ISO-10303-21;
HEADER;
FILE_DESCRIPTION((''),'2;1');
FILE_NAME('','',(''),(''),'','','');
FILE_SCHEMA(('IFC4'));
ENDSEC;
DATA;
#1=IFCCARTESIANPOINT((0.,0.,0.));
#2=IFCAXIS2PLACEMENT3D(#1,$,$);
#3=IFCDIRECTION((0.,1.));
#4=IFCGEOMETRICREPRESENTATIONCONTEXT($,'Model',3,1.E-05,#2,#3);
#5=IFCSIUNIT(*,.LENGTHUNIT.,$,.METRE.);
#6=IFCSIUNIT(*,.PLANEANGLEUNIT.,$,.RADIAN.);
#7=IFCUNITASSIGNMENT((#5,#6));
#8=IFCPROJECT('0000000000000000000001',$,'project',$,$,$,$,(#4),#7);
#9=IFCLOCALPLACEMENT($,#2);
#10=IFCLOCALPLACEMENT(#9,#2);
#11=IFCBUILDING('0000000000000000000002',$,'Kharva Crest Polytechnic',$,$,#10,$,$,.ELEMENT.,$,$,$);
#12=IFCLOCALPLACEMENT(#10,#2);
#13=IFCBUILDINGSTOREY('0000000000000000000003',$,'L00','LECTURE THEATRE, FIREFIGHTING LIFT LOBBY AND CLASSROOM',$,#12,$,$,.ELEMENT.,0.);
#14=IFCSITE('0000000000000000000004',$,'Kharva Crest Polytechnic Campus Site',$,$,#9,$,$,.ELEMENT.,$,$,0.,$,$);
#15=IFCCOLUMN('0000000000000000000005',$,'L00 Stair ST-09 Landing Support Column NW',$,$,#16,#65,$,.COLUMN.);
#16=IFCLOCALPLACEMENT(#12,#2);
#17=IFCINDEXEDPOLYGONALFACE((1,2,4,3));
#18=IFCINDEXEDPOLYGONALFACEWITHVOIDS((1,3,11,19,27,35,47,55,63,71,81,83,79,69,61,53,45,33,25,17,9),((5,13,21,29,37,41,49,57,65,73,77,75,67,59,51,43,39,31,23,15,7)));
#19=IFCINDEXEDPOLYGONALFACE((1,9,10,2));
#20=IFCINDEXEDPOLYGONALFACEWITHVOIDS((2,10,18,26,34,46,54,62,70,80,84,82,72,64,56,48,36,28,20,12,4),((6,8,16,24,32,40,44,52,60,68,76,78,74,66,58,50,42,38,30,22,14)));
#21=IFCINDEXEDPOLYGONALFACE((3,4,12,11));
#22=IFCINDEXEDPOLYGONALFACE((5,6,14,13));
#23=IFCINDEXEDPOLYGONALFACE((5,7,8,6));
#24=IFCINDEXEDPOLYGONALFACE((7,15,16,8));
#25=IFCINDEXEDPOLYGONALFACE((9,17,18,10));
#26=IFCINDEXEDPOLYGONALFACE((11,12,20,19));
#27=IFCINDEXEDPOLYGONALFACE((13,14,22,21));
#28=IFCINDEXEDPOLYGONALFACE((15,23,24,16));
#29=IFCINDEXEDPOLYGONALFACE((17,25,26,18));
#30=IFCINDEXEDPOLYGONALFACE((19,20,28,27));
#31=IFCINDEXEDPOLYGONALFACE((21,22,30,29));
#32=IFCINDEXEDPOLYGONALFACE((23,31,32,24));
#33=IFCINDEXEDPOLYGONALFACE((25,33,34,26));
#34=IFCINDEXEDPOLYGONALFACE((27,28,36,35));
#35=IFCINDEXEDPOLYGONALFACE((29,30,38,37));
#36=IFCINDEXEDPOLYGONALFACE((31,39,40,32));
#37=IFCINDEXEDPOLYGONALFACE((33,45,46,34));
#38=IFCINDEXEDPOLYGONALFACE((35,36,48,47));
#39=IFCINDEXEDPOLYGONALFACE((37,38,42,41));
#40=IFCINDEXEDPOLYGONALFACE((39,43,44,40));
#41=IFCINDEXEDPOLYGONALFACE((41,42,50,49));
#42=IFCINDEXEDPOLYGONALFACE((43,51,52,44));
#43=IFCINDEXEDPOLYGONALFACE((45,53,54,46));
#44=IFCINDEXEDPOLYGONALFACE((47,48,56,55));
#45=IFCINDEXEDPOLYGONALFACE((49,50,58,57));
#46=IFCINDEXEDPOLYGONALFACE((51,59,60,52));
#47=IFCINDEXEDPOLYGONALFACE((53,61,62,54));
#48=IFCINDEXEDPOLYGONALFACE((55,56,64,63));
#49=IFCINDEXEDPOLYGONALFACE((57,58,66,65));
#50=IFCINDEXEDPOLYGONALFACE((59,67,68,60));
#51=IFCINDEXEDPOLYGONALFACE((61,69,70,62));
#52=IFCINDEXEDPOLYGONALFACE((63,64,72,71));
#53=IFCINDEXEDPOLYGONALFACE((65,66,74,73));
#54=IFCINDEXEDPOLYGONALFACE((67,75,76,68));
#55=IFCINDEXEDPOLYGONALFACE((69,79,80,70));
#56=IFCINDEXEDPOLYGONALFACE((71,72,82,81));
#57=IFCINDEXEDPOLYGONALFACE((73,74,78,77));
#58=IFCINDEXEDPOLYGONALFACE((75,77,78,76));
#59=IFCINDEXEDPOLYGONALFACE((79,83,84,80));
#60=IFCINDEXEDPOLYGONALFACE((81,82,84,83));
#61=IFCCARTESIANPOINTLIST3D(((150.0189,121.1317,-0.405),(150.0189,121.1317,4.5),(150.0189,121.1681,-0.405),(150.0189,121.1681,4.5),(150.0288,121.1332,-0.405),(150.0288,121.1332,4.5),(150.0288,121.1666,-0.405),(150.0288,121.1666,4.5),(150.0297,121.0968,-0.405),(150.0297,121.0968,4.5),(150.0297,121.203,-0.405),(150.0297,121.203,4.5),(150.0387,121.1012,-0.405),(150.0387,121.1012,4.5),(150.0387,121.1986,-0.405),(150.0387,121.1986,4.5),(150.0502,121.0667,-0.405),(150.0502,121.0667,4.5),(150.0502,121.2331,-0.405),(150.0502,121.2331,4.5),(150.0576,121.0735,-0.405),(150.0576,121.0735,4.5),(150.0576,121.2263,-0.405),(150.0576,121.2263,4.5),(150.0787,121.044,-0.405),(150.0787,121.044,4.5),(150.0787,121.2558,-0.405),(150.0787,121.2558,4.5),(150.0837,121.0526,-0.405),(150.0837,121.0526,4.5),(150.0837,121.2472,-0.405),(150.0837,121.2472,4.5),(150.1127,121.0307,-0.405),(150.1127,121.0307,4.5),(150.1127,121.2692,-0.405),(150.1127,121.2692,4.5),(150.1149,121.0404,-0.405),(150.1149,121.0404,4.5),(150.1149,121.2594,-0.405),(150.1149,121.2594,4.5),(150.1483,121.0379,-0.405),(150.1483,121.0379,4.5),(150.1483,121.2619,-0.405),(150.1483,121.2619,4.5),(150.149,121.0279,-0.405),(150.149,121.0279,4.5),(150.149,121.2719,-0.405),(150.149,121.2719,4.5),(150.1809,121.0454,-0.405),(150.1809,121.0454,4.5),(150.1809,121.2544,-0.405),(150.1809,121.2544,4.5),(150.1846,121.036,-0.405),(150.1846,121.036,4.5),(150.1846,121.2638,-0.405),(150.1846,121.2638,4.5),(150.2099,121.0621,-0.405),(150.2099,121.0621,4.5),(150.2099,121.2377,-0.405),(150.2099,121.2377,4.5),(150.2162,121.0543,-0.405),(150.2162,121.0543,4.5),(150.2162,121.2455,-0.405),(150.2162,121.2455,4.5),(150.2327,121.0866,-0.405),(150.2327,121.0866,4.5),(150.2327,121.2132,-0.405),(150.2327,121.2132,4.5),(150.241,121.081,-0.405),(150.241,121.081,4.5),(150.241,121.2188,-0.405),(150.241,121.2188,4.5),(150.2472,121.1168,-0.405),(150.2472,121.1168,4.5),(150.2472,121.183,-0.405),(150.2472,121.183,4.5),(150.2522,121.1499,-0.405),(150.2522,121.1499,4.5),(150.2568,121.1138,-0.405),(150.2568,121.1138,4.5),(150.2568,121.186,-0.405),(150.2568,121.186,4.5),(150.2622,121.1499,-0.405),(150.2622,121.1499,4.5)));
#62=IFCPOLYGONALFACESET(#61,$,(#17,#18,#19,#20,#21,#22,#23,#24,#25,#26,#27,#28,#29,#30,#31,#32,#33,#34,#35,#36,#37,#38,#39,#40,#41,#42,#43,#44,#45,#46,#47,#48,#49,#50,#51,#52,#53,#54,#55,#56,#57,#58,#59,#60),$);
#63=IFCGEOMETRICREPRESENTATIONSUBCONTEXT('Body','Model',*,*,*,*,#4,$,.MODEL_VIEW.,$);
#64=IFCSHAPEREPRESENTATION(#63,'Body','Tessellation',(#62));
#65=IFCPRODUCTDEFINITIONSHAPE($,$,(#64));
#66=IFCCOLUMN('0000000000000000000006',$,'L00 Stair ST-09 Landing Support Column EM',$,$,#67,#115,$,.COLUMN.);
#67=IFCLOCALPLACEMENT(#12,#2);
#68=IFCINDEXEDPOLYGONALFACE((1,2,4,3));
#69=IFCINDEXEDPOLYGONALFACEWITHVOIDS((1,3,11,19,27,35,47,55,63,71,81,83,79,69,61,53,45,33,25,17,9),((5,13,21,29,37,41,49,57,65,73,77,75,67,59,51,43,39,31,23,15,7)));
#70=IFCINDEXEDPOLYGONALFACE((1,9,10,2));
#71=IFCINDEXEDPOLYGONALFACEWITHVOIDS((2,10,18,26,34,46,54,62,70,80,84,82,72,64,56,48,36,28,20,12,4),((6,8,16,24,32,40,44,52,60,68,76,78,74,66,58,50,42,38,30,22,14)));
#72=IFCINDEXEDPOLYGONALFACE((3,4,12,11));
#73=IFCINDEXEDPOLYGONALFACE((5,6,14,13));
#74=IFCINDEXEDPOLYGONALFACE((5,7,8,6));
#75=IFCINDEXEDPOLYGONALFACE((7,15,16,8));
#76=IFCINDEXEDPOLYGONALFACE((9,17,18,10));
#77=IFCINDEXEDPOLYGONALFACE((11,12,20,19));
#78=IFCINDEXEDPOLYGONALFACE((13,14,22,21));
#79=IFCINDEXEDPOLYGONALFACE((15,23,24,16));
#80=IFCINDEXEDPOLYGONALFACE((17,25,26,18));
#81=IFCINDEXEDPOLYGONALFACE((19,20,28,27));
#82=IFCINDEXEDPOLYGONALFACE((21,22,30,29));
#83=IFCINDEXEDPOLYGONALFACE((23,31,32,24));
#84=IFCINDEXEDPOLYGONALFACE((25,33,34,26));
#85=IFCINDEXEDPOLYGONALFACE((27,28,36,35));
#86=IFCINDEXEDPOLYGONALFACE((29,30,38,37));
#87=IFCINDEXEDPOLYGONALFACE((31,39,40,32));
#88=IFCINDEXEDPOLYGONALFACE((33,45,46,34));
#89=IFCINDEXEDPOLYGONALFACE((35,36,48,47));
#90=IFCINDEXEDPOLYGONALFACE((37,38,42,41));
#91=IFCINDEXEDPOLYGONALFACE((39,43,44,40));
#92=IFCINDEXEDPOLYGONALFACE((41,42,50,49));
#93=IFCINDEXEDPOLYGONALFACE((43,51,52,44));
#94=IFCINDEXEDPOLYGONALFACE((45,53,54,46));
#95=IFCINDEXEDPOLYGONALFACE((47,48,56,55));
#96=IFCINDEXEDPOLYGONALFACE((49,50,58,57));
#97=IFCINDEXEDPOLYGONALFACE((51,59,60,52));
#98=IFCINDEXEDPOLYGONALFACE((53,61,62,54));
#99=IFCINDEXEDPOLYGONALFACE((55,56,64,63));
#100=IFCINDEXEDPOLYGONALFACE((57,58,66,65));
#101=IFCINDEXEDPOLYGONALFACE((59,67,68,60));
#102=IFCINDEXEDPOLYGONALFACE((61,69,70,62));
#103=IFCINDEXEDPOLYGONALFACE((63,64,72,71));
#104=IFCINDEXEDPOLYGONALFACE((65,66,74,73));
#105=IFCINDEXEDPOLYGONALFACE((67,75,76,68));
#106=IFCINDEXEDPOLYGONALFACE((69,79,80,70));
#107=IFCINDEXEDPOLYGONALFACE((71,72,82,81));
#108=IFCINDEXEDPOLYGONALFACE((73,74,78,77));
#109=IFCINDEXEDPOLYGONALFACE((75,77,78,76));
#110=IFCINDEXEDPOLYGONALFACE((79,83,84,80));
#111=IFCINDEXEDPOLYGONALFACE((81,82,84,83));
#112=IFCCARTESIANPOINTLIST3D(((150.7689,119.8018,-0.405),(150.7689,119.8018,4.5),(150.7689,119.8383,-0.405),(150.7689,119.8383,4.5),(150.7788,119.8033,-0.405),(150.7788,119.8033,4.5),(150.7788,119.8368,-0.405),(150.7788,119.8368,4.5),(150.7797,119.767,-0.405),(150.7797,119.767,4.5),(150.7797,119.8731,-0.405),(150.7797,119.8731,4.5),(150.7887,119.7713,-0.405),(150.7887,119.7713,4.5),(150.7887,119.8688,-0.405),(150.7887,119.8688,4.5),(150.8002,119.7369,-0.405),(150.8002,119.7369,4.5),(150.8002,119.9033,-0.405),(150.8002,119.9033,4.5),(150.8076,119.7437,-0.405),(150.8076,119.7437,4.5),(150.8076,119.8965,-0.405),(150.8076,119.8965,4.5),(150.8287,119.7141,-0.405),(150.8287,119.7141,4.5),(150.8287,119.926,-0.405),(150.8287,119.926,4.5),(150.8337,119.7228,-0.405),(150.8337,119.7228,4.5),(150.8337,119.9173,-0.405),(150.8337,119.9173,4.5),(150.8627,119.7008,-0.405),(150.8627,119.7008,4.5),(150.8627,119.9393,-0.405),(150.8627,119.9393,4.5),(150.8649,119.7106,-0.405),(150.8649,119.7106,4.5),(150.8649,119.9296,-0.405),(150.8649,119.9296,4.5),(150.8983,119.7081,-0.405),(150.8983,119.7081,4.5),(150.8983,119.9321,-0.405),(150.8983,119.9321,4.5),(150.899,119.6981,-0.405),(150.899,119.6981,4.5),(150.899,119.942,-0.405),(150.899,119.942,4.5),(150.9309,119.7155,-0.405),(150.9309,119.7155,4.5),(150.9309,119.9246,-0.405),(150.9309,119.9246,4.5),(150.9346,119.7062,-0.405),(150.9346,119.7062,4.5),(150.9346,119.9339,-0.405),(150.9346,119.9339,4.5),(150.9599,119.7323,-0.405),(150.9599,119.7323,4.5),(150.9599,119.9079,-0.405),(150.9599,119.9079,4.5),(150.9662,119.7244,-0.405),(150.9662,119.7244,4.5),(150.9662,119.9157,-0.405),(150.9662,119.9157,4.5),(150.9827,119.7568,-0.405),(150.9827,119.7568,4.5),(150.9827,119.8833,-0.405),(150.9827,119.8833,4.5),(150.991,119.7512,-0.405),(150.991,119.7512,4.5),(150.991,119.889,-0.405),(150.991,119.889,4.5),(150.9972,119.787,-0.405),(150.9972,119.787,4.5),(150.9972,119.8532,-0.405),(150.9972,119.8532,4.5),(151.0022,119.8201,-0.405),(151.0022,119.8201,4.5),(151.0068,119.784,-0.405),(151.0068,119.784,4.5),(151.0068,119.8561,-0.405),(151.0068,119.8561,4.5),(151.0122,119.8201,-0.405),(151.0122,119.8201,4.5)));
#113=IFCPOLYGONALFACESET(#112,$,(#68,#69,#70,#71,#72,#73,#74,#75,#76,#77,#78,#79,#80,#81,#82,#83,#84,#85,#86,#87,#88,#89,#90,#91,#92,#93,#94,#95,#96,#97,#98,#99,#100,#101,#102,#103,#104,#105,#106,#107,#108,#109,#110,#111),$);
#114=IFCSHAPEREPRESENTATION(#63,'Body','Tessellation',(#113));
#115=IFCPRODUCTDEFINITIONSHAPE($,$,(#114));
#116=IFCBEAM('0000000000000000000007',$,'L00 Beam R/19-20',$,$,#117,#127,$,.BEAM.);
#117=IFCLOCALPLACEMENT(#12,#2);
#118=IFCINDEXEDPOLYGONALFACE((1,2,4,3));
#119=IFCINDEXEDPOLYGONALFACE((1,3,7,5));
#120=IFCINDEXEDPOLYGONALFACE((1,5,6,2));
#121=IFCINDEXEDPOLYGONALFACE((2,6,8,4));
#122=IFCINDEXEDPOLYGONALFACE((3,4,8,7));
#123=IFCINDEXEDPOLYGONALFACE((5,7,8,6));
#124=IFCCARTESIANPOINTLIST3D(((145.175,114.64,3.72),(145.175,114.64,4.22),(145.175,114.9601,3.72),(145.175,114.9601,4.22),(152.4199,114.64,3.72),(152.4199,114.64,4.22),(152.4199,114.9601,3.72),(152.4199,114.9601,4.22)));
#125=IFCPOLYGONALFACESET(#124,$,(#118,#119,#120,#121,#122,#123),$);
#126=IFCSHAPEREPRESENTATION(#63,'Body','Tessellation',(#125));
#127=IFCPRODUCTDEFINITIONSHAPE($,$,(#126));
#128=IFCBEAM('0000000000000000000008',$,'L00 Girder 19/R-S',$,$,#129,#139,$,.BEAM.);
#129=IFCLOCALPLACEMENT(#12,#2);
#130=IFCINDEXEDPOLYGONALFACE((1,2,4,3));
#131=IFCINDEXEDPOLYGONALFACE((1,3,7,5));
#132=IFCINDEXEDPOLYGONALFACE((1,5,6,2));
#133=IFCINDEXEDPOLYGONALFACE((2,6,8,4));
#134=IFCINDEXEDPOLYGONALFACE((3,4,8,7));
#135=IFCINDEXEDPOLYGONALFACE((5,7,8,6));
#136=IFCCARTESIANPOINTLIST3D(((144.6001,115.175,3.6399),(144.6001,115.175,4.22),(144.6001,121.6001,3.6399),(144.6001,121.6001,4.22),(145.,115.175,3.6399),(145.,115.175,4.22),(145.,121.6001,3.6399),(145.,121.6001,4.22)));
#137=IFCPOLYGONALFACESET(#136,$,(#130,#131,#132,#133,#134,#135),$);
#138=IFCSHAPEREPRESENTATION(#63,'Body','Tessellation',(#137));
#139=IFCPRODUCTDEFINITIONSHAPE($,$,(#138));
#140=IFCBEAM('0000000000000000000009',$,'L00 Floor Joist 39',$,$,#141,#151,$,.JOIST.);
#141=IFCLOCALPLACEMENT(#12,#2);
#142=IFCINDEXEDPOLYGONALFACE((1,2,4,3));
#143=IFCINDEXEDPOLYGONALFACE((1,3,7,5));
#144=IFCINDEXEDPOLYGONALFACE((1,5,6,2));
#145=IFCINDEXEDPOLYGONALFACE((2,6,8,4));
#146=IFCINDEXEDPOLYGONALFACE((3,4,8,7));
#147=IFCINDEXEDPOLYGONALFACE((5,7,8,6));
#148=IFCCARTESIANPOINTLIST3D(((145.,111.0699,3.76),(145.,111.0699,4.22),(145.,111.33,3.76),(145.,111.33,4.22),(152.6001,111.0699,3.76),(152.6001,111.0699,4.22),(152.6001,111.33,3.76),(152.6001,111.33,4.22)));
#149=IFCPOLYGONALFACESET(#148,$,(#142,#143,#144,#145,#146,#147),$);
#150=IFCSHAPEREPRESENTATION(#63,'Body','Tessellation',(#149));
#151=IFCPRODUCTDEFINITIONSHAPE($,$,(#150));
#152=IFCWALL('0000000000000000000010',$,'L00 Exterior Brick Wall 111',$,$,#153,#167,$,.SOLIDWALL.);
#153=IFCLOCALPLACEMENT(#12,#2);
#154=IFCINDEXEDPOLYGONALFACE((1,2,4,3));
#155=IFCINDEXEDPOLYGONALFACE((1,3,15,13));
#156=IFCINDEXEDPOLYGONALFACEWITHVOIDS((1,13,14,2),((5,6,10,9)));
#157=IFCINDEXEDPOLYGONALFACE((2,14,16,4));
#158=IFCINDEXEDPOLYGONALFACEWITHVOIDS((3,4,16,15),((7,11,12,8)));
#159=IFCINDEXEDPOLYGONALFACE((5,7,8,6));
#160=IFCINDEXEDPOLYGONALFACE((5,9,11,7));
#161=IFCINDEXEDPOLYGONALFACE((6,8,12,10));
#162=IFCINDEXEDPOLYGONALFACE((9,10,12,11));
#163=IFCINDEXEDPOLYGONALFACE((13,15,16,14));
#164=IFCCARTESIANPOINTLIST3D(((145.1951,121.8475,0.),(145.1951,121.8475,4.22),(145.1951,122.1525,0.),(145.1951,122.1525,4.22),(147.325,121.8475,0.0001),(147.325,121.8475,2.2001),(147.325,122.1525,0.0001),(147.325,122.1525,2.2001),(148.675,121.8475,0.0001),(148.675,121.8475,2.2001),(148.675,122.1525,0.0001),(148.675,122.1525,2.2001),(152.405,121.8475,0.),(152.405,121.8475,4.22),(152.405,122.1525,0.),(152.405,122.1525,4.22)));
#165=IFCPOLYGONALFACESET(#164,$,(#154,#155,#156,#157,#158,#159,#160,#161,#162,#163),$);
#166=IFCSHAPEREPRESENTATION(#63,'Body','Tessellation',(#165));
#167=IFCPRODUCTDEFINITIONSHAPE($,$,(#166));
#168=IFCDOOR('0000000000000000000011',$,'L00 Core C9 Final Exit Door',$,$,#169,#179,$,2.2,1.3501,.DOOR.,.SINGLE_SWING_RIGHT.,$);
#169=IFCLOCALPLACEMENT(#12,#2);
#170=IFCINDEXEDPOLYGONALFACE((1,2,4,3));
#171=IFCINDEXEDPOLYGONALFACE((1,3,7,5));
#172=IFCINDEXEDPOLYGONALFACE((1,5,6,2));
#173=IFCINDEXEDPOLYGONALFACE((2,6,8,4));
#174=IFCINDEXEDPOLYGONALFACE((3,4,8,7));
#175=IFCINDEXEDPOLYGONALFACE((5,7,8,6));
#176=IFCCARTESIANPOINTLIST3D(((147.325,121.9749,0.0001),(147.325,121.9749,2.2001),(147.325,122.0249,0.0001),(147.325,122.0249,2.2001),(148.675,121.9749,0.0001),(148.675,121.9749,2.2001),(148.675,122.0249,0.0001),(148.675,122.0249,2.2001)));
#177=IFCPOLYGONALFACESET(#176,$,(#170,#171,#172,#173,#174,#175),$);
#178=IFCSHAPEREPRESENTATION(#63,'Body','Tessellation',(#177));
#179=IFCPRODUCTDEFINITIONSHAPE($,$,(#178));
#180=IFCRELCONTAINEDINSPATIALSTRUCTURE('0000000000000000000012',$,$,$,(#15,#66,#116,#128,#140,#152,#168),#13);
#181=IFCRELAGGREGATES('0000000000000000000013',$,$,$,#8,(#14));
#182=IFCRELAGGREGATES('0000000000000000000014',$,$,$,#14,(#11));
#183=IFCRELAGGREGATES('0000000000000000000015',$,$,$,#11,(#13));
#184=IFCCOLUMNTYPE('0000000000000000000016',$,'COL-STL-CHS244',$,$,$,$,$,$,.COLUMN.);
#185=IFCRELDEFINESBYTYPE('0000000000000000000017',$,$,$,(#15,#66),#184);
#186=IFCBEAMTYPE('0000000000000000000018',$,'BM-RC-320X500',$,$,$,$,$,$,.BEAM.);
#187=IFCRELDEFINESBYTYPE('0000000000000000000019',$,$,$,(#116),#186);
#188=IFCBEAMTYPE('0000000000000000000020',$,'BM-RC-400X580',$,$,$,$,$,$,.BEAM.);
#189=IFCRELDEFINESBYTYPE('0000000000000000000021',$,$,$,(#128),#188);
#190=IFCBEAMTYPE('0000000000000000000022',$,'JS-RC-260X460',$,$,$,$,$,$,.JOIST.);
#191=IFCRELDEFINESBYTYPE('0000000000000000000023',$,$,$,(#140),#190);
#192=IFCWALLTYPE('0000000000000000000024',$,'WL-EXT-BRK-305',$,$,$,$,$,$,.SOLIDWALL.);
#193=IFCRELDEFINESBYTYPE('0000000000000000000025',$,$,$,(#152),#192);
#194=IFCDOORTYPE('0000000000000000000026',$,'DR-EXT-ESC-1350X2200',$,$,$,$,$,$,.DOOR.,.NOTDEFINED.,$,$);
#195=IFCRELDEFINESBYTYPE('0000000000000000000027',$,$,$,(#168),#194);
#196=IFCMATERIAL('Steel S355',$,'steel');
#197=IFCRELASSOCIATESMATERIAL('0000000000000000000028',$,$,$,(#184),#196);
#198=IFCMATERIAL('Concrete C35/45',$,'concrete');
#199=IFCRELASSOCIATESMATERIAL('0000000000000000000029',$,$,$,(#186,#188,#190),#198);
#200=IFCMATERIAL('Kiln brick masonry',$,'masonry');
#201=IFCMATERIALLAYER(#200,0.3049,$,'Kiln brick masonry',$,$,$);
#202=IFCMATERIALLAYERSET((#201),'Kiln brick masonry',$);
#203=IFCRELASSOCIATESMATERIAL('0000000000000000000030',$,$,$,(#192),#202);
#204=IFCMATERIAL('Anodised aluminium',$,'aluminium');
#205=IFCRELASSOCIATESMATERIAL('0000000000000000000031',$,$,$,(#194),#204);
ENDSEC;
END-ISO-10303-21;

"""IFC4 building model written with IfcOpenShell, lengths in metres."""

from ifc_helpers import new_model, si_unit, direction, frame, frame_2d, origin, origin_2d, place, context, subcontext, project, spatial, rectangle, hollow_circle, extrude, material, layer, layer_set, material_profile, profile_set, type_object, element, fill, save


model = new_model("IFC4")

# Units and contexts
model_context = context("Model", 3, precision=1e-05, world=origin(), true_north=direction((0.0, 1.0)))
body_context = subcontext(model_context, "Body", "Model", "MODEL_VIEW")
ifc_project = project(units=[si_unit("LENGTHUNIT", "METRE"), si_unit("PLANEANGLEUNIT", "RADIAN")], contexts=[model_context])

# Site, building, storey
site_placement = place(None, origin())
site = spatial("IfcSite", under=ifc_project, at=site_placement, Name="Kharva Crest Polytechnic Campus Site", CompositionType="ELEMENT", RefElevation=0.0)
building_placement = place(site_placement, origin())
building = spatial("IfcBuilding", under=site, at=building_placement, Name="Kharva Crest Polytechnic", CompositionType="ELEMENT")
storey_placement = place(building_placement, origin())
storey = spatial("IfcBuildingStorey", under=building, at=storey_placement, Name="L00", Description="LECTURE THEATRE, FIREFIGHTING LIFT LOBBY AND CLASSROOM", CompositionType="ELEMENT", Elevation=0.0)

# Shared definitions
ifc_material_1 = material(Name="Concrete C35/45", Category="concrete")

# Columns
ifc_material_2 = material(Name="Steel S355", Category="steel")
ifc_material_profile_1 = material_profile(ifc_material_2, hollow_circle(Radius=0.1223, WallThickness=0.01, at=origin_2d()), Name="CHS 244.5X10.0")
ifc_profile_set_1 = profile_set([ifc_material_profile_1], Name="Steel S355")
column_type_1 = type_object("IfcColumnType", Name="COL-STL-CHS244", PredefinedType="COLUMN", material=ifc_profile_set_1)
for number, where, z_axis, x_axis, name in (
    (1, (150.1399, 121.1499, -0.405), (0.0, 0.0, 1.0), (1.0, 0.0, 0.0), "L00 Stair ST-09 Landing Support Column NW"),
    (2, (150.8899, 119.8201, -0.405), (0.0, 0.0, 1.0), (1.0, 0.0, 0.0), "L00 Stair ST-09 Landing Support Column EM"),
):
    element("IfcColumn", number, at=place(storey_placement, frame(where, z_axis=z_axis, x_axis=x_axis)), inside=storey, type_object=column_type_1, Name=name, PredefinedType="COLUMN", context=body_context, shape_type="SweptSolid", body=[
        extrude(hollow_circle(Radius=0.1223, WallThickness=0.01, at=origin_2d()), origin(), (0.0, 0.0, 1.0), 4.905),
    ])

# Beams
ifc_material_profile_2 = material_profile(ifc_material_1, rectangle(XDim=0.3201, YDim=0.5, at=origin_2d()), Name="RECT 320 X 500")
ifc_profile_set_2 = profile_set([ifc_material_profile_2], Name="Concrete C35/45")
beam_type_1 = type_object("IfcBeamType", Name="BM-RC-320X500", PredefinedType="BEAM", material=ifc_profile_set_2)
beam_1_placement = place(storey_placement, frame((145.175, 114.8, 3.97), z_axis=(1.0, 0.0, 0.0), x_axis=(0.0, 1.0, 0.0)))
element("IfcBeam", 3, at=beam_1_placement, inside=storey, type_object=beam_type_1, Name="L00 Beam R/19-20", PredefinedType="BEAM", context=body_context, shape_type="SweptSolid", body=[
    extrude(rectangle(XDim=0.3201, YDim=0.5, at=origin_2d()), origin(), (0.0, 0.0, 1.0), 7.2449),
])
ifc_material_profile_3 = material_profile(ifc_material_1, rectangle(XDim=0.3999, YDim=0.5801, at=origin_2d()), Name="RECT 400 X 580")
ifc_profile_set_3 = profile_set([ifc_material_profile_3], Name="Concrete C35/45")
beam_type_2 = type_object("IfcBeamType", Name="BM-RC-400X580", PredefinedType="BEAM", material=ifc_profile_set_3)
beam_2_placement = place(storey_placement, frame((144.8, 115.175, 3.9299), z_axis=(0.0, 1.0, 0.0), x_axis=(-1.0, 0.0, 0.0)))
element("IfcBeam", 4, at=beam_2_placement, inside=storey, type_object=beam_type_2, Name="L00 Girder 19/R-S", PredefinedType="BEAM", context=body_context, shape_type="SweptSolid", body=[
    extrude(rectangle(XDim=0.3999, YDim=0.5801, at=origin_2d()), origin(), (0.0, 0.0, 1.0), 6.425),
])
ifc_material_profile_4 = material_profile(ifc_material_1, rectangle(XDim=0.26, YDim=0.46, at=origin_2d()), Name="RECT 260 X 460")
ifc_profile_set_4 = profile_set([ifc_material_profile_4], Name="Concrete C35/45")
beam_type_3 = type_object("IfcBeamType", Name="JS-RC-260X460", PredefinedType="JOIST", material=ifc_profile_set_4)
beam_3_placement = place(storey_placement, frame((145.0, 111.2, 3.99), z_axis=(1.0, 0.0, 0.0), x_axis=(0.0, 1.0, 0.0)))
element("IfcBeam", 5, at=beam_3_placement, inside=storey, type_object=beam_type_3, Name="L00 Floor Joist 39", PredefinedType="JOIST", context=body_context, shape_type="SweptSolid", body=[
    extrude(rectangle(XDim=0.26, YDim=0.46, at=origin_2d()), origin(), (0.0, 0.0, 1.0), 7.6001),
])

# Wall, opening, door
ifc_material_3 = material(Name="Kiln brick masonry", Category="masonry")
ifc_layer_1 = layer(ifc_material_3, 0.3049, Name="Kiln brick masonry")
ifc_layer_set_1 = layer_set([ifc_layer_1], Name="Kiln brick masonry")
wall_type_1 = type_object("IfcWallType", Name="WL-EXT-BRK-305", PredefinedType="SOLIDWALL", material=ifc_layer_set_1)
wall_1_placement = place(storey_placement, frame((152.405, 122.0, 0.0), z_axis=(0.0, 0.0, 1.0), x_axis=(-1.0, 0.0, 0.0)))
wall_1 = element("IfcWall", 6, at=wall_1_placement, inside=storey, type_object=wall_type_1, Name="L00 Exterior Brick Wall 111", PredefinedType="SOLIDWALL", context=body_context, shape_type="SweptSolid", body=[
    extrude(rectangle(XDim=7.21, YDim=0.3049, at=frame_2d((3.605, 0.0))), origin(), (0.0, 0.0, 1.0), 4.22),
])
opening_placement = place(wall_1_placement, frame((3.73, 0.0, 0.0)))
opening = element("IfcOpeningElement", 7, at=opening_placement, cuts=wall_1, PredefinedType="OPENING", context=body_context, shape_type="SweptSolid", body=[
    extrude(rectangle(XDim=1.3501, YDim=2.2, at=frame_2d((0.675, 1.1001))), frame((0.0, 0.1624, 0.0), z_axis=(0.0, -1.0, 0.0), x_axis=(1.0, 0.0, 0.0)), (0.0, 0.0, 1.0), 0.325),
])
ifc_material_4 = material(Name="Anodised aluminium", Category="aluminium")
door_type = type_object("IfcDoorType", Name="DR-EXT-ESC-1350X2200", OperationType="NOTDEFINED", PredefinedType="DOOR", material=ifc_material_4)
door_placement = place(opening_placement, frame((1.3501, 0.0, 0.0), z_axis=(0.0, 0.0, 1.0), x_axis=(-1.0, 0.0, 0.0)))
door = element("IfcDoor", 8, at=door_placement, inside=storey, type_object=door_type, Name="L00 Core C9 Final Exit Door", OperationType="SINGLE_SWING_RIGHT", OverallHeight=2.2, OverallWidth=1.3501, PredefinedType="DOOR", context=body_context, shape_type="SweptSolid", body=[
    extrude(rectangle(XDim=1.3501, YDim=2.2, at=frame_2d((0.675, 1.1001))), frame((0.0, 0.0249, 0.0), z_axis=(0.0, -1.0, 0.0), x_axis=(1.0, 0.0, 0.0)), (0.0, 0.0, 1.0), 0.05),
])
fill(opening, door)

save(model, "model.ifc")
